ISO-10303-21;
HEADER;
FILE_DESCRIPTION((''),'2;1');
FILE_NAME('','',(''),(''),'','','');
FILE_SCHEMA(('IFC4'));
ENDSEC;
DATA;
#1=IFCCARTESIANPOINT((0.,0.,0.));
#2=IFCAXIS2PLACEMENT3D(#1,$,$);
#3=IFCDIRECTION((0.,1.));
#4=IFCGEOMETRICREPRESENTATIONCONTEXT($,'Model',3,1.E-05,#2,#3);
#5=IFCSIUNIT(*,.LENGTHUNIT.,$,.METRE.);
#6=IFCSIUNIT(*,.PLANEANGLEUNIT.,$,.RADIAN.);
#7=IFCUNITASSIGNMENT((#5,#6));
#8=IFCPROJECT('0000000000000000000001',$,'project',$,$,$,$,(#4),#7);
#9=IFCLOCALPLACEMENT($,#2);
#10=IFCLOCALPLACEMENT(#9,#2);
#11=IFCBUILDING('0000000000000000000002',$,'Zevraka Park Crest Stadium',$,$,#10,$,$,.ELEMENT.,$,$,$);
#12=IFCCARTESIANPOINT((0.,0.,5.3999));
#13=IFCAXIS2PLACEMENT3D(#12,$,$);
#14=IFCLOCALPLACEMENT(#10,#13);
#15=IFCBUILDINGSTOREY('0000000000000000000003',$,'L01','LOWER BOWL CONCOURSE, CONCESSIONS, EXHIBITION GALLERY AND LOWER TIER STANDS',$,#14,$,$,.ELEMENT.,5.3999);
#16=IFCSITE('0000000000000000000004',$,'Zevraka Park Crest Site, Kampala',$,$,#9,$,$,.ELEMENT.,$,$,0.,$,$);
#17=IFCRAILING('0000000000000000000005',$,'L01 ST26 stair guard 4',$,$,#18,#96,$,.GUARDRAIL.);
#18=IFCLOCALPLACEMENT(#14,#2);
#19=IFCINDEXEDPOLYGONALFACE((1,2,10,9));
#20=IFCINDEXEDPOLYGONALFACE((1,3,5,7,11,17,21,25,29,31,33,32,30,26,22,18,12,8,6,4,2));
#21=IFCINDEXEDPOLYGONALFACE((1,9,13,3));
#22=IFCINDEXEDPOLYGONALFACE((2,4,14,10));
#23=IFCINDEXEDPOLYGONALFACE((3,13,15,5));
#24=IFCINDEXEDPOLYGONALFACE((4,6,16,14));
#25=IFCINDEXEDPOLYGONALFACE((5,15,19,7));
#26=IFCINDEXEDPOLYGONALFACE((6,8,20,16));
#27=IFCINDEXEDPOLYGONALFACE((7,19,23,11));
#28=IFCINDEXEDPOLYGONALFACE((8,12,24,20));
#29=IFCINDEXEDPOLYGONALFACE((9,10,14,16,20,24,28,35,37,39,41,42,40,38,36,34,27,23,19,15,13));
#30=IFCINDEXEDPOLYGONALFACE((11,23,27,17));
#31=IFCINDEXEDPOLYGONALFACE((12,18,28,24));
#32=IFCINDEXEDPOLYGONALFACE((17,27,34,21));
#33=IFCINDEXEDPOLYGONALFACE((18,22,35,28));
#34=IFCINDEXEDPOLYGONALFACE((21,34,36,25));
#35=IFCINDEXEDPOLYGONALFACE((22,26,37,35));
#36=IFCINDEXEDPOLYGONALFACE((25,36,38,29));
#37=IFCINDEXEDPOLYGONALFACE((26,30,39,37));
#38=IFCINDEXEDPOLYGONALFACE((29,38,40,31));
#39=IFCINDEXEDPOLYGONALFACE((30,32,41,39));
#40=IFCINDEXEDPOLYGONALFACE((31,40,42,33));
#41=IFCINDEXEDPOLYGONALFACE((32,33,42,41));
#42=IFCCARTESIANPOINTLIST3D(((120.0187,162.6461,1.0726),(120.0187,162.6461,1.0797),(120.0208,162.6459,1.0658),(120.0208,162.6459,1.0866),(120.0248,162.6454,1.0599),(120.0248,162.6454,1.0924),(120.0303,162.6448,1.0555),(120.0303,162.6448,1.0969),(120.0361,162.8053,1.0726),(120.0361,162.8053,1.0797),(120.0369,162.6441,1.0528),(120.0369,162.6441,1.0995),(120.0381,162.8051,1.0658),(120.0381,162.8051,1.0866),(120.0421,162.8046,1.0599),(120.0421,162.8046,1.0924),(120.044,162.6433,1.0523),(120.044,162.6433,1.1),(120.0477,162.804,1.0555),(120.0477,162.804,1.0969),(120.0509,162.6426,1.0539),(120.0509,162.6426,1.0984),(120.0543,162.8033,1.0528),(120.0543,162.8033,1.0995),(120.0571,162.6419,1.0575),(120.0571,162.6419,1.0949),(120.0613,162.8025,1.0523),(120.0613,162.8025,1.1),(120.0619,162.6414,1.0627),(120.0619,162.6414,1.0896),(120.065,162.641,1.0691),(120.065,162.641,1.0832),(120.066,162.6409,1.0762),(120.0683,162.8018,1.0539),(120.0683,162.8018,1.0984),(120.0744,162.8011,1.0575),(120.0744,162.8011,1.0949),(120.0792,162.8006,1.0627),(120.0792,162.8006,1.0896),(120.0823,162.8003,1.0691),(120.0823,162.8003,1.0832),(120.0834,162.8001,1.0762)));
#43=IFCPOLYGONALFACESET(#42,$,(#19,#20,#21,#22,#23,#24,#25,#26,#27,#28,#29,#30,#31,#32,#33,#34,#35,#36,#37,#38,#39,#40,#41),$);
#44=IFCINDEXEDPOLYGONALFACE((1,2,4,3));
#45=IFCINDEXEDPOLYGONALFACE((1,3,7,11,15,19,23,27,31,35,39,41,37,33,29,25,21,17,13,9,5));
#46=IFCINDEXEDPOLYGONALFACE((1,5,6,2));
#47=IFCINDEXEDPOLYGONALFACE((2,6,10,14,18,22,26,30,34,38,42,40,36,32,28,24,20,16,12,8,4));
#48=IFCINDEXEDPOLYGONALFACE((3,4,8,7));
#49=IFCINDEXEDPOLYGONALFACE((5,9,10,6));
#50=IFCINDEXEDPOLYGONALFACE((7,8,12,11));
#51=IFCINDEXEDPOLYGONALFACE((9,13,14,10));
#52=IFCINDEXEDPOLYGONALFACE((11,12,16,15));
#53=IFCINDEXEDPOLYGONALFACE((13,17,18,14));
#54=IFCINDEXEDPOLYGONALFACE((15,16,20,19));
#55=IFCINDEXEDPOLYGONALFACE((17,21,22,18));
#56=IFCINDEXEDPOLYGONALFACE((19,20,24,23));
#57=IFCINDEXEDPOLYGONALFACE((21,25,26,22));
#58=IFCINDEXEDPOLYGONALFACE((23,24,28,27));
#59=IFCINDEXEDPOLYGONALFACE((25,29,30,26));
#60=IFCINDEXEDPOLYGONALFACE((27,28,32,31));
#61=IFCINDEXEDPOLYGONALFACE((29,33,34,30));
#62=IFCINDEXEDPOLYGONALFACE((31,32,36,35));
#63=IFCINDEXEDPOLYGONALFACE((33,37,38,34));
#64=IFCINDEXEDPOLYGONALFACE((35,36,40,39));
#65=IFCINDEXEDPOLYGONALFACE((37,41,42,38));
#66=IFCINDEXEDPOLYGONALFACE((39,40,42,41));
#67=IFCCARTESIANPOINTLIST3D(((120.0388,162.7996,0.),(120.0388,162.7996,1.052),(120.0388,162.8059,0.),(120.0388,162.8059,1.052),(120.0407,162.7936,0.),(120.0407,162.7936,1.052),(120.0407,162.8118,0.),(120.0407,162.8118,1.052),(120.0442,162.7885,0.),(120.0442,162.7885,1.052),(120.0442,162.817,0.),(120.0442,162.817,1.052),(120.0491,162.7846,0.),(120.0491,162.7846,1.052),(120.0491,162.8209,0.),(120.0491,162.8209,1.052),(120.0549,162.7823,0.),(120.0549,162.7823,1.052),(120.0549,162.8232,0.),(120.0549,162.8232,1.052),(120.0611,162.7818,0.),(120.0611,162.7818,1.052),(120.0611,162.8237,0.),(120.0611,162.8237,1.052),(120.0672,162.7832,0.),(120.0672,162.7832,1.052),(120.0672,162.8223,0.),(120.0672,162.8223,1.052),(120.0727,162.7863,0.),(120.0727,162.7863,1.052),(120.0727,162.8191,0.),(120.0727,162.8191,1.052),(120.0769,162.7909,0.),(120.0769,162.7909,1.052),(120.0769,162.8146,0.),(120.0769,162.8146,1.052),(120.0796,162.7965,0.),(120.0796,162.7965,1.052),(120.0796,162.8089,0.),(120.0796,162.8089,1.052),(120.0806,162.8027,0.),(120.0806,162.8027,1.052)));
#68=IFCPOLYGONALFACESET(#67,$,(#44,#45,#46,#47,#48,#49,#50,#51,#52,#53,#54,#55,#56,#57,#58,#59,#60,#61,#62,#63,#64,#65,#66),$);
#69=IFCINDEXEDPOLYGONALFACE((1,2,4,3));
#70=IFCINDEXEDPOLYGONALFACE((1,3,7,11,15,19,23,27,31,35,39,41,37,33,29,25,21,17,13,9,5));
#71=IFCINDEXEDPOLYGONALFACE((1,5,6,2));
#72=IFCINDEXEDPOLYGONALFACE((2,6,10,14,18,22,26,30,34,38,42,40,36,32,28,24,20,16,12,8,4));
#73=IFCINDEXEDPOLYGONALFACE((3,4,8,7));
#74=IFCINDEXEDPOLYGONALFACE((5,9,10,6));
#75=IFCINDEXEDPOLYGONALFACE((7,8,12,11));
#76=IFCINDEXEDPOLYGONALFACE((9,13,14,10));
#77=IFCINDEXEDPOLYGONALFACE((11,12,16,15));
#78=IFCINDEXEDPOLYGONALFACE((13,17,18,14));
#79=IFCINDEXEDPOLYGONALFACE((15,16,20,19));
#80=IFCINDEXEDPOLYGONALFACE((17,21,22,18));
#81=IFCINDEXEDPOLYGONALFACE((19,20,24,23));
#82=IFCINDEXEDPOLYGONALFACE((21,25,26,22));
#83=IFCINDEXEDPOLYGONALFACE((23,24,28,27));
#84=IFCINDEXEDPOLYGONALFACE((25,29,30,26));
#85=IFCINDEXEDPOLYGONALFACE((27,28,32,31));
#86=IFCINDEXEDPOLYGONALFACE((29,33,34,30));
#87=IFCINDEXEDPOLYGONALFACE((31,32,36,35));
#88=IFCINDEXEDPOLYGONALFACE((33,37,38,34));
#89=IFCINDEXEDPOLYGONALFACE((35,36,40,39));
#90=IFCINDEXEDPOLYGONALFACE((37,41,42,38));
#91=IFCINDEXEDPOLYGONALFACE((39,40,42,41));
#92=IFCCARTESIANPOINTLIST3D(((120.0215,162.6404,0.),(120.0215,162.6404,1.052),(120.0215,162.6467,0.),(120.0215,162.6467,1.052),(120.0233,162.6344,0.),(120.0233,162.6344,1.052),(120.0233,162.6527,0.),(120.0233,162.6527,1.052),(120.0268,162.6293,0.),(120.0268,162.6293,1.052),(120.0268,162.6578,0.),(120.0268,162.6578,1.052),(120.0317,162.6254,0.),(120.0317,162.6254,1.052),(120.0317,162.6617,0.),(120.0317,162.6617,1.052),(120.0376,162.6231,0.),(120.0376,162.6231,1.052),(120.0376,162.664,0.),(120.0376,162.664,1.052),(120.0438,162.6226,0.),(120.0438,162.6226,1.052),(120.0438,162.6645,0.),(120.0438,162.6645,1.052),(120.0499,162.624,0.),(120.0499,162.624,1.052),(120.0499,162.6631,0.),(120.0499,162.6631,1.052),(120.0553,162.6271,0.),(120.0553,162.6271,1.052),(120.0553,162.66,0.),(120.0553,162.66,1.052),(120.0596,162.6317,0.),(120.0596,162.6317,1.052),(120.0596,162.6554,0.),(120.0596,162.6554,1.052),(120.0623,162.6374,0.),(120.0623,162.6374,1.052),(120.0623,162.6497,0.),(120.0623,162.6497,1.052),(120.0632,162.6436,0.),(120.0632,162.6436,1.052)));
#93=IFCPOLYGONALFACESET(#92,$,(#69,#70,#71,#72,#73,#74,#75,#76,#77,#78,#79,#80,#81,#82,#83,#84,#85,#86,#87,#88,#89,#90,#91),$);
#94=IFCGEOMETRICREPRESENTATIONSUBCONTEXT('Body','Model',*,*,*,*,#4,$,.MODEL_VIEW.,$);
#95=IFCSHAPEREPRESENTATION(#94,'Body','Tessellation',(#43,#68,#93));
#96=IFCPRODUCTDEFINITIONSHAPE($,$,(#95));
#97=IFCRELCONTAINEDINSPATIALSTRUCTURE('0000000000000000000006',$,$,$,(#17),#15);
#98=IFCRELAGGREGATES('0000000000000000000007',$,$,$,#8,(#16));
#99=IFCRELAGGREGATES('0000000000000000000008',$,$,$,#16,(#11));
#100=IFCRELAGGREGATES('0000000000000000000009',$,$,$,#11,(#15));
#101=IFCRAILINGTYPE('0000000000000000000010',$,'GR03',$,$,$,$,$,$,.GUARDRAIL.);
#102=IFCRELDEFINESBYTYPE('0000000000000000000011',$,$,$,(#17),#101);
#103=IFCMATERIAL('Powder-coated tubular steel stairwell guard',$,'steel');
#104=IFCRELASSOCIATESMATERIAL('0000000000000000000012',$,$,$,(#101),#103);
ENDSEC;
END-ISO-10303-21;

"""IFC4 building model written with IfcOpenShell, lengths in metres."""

from ifc_helpers import new_model, si_unit, direction, frame, origin, origin_2d, place, context, subcontext, project, spatial, circle, extrude, material, type_object, element, save


model = new_model("IFC4")

# Units and contexts
model_context = context("Model", 3, precision=1e-05, world=origin(), true_north=direction((0.0, 1.0)))
body_context = subcontext(model_context, "Body", "Model", "MODEL_VIEW")
ifc_project = project(units=[si_unit("LENGTHUNIT", "METRE"), si_unit("PLANEANGLEUNIT", "RADIAN")], contexts=[model_context])

# Site, building, storey
site_placement = place(None, origin())
site = spatial("IfcSite", under=ifc_project, at=site_placement, Name="Zevraka Park Crest Site, Kampala", CompositionType="ELEMENT", RefElevation=0.0)
building_placement = place(site_placement, origin())
building = spatial("IfcBuilding", under=site, at=building_placement, Name="Zevraka Park Crest Stadium", CompositionType="ELEMENT")
storey_placement = place(building_placement, frame((0.0, 0.0, 5.3999)))
storey = spatial("IfcBuildingStorey", under=building, at=storey_placement, Name="L01", Description="LOWER BOWL CONCOURSE, CONCESSIONS, EXHIBITION GALLERY AND LOWER TIER STANDS", CompositionType="ELEMENT", Elevation=5.3999)

# Railing
ifc_material_1 = material(Name="Powder-coated tubular steel stairwell guard", Category="steel")
railing_type_1 = type_object("IfcRailingType", Name="GR03", PredefinedType="GUARDRAIL", material=ifc_material_1)
railing_1_placement = place(storey_placement, frame((120.0596, 162.8027, 0.0)))
element("IfcRailing", 1, at=railing_1_placement, inside=storey, type_object=railing_type_1, Name="L01 ST26 stair guard 4", PredefinedType="GUARDRAIL", context=body_context, shape_type="SweptSolid", body=[
    extrude(circle(Radius=0.0239, at=origin_2d()), frame((0.0, 0.0, 1.0762), z_axis=(-0.108256, -0.994123, 0.0), x_axis=(0.994123, -0.108256, 0.0)), (0.0, 0.0, 1.0), 0.1602),
    extrude(circle(Radius=0.021, at=origin_2d()), origin(), (0.0, 0.0, 1.0), 1.052),
    extrude(circle(Radius=0.021, at=origin_2d()), frame((-0.0173, -0.1592, 0.0)), (0.0, 0.0, 1.0), 1.052),
])

save(model, "model.ifc")
